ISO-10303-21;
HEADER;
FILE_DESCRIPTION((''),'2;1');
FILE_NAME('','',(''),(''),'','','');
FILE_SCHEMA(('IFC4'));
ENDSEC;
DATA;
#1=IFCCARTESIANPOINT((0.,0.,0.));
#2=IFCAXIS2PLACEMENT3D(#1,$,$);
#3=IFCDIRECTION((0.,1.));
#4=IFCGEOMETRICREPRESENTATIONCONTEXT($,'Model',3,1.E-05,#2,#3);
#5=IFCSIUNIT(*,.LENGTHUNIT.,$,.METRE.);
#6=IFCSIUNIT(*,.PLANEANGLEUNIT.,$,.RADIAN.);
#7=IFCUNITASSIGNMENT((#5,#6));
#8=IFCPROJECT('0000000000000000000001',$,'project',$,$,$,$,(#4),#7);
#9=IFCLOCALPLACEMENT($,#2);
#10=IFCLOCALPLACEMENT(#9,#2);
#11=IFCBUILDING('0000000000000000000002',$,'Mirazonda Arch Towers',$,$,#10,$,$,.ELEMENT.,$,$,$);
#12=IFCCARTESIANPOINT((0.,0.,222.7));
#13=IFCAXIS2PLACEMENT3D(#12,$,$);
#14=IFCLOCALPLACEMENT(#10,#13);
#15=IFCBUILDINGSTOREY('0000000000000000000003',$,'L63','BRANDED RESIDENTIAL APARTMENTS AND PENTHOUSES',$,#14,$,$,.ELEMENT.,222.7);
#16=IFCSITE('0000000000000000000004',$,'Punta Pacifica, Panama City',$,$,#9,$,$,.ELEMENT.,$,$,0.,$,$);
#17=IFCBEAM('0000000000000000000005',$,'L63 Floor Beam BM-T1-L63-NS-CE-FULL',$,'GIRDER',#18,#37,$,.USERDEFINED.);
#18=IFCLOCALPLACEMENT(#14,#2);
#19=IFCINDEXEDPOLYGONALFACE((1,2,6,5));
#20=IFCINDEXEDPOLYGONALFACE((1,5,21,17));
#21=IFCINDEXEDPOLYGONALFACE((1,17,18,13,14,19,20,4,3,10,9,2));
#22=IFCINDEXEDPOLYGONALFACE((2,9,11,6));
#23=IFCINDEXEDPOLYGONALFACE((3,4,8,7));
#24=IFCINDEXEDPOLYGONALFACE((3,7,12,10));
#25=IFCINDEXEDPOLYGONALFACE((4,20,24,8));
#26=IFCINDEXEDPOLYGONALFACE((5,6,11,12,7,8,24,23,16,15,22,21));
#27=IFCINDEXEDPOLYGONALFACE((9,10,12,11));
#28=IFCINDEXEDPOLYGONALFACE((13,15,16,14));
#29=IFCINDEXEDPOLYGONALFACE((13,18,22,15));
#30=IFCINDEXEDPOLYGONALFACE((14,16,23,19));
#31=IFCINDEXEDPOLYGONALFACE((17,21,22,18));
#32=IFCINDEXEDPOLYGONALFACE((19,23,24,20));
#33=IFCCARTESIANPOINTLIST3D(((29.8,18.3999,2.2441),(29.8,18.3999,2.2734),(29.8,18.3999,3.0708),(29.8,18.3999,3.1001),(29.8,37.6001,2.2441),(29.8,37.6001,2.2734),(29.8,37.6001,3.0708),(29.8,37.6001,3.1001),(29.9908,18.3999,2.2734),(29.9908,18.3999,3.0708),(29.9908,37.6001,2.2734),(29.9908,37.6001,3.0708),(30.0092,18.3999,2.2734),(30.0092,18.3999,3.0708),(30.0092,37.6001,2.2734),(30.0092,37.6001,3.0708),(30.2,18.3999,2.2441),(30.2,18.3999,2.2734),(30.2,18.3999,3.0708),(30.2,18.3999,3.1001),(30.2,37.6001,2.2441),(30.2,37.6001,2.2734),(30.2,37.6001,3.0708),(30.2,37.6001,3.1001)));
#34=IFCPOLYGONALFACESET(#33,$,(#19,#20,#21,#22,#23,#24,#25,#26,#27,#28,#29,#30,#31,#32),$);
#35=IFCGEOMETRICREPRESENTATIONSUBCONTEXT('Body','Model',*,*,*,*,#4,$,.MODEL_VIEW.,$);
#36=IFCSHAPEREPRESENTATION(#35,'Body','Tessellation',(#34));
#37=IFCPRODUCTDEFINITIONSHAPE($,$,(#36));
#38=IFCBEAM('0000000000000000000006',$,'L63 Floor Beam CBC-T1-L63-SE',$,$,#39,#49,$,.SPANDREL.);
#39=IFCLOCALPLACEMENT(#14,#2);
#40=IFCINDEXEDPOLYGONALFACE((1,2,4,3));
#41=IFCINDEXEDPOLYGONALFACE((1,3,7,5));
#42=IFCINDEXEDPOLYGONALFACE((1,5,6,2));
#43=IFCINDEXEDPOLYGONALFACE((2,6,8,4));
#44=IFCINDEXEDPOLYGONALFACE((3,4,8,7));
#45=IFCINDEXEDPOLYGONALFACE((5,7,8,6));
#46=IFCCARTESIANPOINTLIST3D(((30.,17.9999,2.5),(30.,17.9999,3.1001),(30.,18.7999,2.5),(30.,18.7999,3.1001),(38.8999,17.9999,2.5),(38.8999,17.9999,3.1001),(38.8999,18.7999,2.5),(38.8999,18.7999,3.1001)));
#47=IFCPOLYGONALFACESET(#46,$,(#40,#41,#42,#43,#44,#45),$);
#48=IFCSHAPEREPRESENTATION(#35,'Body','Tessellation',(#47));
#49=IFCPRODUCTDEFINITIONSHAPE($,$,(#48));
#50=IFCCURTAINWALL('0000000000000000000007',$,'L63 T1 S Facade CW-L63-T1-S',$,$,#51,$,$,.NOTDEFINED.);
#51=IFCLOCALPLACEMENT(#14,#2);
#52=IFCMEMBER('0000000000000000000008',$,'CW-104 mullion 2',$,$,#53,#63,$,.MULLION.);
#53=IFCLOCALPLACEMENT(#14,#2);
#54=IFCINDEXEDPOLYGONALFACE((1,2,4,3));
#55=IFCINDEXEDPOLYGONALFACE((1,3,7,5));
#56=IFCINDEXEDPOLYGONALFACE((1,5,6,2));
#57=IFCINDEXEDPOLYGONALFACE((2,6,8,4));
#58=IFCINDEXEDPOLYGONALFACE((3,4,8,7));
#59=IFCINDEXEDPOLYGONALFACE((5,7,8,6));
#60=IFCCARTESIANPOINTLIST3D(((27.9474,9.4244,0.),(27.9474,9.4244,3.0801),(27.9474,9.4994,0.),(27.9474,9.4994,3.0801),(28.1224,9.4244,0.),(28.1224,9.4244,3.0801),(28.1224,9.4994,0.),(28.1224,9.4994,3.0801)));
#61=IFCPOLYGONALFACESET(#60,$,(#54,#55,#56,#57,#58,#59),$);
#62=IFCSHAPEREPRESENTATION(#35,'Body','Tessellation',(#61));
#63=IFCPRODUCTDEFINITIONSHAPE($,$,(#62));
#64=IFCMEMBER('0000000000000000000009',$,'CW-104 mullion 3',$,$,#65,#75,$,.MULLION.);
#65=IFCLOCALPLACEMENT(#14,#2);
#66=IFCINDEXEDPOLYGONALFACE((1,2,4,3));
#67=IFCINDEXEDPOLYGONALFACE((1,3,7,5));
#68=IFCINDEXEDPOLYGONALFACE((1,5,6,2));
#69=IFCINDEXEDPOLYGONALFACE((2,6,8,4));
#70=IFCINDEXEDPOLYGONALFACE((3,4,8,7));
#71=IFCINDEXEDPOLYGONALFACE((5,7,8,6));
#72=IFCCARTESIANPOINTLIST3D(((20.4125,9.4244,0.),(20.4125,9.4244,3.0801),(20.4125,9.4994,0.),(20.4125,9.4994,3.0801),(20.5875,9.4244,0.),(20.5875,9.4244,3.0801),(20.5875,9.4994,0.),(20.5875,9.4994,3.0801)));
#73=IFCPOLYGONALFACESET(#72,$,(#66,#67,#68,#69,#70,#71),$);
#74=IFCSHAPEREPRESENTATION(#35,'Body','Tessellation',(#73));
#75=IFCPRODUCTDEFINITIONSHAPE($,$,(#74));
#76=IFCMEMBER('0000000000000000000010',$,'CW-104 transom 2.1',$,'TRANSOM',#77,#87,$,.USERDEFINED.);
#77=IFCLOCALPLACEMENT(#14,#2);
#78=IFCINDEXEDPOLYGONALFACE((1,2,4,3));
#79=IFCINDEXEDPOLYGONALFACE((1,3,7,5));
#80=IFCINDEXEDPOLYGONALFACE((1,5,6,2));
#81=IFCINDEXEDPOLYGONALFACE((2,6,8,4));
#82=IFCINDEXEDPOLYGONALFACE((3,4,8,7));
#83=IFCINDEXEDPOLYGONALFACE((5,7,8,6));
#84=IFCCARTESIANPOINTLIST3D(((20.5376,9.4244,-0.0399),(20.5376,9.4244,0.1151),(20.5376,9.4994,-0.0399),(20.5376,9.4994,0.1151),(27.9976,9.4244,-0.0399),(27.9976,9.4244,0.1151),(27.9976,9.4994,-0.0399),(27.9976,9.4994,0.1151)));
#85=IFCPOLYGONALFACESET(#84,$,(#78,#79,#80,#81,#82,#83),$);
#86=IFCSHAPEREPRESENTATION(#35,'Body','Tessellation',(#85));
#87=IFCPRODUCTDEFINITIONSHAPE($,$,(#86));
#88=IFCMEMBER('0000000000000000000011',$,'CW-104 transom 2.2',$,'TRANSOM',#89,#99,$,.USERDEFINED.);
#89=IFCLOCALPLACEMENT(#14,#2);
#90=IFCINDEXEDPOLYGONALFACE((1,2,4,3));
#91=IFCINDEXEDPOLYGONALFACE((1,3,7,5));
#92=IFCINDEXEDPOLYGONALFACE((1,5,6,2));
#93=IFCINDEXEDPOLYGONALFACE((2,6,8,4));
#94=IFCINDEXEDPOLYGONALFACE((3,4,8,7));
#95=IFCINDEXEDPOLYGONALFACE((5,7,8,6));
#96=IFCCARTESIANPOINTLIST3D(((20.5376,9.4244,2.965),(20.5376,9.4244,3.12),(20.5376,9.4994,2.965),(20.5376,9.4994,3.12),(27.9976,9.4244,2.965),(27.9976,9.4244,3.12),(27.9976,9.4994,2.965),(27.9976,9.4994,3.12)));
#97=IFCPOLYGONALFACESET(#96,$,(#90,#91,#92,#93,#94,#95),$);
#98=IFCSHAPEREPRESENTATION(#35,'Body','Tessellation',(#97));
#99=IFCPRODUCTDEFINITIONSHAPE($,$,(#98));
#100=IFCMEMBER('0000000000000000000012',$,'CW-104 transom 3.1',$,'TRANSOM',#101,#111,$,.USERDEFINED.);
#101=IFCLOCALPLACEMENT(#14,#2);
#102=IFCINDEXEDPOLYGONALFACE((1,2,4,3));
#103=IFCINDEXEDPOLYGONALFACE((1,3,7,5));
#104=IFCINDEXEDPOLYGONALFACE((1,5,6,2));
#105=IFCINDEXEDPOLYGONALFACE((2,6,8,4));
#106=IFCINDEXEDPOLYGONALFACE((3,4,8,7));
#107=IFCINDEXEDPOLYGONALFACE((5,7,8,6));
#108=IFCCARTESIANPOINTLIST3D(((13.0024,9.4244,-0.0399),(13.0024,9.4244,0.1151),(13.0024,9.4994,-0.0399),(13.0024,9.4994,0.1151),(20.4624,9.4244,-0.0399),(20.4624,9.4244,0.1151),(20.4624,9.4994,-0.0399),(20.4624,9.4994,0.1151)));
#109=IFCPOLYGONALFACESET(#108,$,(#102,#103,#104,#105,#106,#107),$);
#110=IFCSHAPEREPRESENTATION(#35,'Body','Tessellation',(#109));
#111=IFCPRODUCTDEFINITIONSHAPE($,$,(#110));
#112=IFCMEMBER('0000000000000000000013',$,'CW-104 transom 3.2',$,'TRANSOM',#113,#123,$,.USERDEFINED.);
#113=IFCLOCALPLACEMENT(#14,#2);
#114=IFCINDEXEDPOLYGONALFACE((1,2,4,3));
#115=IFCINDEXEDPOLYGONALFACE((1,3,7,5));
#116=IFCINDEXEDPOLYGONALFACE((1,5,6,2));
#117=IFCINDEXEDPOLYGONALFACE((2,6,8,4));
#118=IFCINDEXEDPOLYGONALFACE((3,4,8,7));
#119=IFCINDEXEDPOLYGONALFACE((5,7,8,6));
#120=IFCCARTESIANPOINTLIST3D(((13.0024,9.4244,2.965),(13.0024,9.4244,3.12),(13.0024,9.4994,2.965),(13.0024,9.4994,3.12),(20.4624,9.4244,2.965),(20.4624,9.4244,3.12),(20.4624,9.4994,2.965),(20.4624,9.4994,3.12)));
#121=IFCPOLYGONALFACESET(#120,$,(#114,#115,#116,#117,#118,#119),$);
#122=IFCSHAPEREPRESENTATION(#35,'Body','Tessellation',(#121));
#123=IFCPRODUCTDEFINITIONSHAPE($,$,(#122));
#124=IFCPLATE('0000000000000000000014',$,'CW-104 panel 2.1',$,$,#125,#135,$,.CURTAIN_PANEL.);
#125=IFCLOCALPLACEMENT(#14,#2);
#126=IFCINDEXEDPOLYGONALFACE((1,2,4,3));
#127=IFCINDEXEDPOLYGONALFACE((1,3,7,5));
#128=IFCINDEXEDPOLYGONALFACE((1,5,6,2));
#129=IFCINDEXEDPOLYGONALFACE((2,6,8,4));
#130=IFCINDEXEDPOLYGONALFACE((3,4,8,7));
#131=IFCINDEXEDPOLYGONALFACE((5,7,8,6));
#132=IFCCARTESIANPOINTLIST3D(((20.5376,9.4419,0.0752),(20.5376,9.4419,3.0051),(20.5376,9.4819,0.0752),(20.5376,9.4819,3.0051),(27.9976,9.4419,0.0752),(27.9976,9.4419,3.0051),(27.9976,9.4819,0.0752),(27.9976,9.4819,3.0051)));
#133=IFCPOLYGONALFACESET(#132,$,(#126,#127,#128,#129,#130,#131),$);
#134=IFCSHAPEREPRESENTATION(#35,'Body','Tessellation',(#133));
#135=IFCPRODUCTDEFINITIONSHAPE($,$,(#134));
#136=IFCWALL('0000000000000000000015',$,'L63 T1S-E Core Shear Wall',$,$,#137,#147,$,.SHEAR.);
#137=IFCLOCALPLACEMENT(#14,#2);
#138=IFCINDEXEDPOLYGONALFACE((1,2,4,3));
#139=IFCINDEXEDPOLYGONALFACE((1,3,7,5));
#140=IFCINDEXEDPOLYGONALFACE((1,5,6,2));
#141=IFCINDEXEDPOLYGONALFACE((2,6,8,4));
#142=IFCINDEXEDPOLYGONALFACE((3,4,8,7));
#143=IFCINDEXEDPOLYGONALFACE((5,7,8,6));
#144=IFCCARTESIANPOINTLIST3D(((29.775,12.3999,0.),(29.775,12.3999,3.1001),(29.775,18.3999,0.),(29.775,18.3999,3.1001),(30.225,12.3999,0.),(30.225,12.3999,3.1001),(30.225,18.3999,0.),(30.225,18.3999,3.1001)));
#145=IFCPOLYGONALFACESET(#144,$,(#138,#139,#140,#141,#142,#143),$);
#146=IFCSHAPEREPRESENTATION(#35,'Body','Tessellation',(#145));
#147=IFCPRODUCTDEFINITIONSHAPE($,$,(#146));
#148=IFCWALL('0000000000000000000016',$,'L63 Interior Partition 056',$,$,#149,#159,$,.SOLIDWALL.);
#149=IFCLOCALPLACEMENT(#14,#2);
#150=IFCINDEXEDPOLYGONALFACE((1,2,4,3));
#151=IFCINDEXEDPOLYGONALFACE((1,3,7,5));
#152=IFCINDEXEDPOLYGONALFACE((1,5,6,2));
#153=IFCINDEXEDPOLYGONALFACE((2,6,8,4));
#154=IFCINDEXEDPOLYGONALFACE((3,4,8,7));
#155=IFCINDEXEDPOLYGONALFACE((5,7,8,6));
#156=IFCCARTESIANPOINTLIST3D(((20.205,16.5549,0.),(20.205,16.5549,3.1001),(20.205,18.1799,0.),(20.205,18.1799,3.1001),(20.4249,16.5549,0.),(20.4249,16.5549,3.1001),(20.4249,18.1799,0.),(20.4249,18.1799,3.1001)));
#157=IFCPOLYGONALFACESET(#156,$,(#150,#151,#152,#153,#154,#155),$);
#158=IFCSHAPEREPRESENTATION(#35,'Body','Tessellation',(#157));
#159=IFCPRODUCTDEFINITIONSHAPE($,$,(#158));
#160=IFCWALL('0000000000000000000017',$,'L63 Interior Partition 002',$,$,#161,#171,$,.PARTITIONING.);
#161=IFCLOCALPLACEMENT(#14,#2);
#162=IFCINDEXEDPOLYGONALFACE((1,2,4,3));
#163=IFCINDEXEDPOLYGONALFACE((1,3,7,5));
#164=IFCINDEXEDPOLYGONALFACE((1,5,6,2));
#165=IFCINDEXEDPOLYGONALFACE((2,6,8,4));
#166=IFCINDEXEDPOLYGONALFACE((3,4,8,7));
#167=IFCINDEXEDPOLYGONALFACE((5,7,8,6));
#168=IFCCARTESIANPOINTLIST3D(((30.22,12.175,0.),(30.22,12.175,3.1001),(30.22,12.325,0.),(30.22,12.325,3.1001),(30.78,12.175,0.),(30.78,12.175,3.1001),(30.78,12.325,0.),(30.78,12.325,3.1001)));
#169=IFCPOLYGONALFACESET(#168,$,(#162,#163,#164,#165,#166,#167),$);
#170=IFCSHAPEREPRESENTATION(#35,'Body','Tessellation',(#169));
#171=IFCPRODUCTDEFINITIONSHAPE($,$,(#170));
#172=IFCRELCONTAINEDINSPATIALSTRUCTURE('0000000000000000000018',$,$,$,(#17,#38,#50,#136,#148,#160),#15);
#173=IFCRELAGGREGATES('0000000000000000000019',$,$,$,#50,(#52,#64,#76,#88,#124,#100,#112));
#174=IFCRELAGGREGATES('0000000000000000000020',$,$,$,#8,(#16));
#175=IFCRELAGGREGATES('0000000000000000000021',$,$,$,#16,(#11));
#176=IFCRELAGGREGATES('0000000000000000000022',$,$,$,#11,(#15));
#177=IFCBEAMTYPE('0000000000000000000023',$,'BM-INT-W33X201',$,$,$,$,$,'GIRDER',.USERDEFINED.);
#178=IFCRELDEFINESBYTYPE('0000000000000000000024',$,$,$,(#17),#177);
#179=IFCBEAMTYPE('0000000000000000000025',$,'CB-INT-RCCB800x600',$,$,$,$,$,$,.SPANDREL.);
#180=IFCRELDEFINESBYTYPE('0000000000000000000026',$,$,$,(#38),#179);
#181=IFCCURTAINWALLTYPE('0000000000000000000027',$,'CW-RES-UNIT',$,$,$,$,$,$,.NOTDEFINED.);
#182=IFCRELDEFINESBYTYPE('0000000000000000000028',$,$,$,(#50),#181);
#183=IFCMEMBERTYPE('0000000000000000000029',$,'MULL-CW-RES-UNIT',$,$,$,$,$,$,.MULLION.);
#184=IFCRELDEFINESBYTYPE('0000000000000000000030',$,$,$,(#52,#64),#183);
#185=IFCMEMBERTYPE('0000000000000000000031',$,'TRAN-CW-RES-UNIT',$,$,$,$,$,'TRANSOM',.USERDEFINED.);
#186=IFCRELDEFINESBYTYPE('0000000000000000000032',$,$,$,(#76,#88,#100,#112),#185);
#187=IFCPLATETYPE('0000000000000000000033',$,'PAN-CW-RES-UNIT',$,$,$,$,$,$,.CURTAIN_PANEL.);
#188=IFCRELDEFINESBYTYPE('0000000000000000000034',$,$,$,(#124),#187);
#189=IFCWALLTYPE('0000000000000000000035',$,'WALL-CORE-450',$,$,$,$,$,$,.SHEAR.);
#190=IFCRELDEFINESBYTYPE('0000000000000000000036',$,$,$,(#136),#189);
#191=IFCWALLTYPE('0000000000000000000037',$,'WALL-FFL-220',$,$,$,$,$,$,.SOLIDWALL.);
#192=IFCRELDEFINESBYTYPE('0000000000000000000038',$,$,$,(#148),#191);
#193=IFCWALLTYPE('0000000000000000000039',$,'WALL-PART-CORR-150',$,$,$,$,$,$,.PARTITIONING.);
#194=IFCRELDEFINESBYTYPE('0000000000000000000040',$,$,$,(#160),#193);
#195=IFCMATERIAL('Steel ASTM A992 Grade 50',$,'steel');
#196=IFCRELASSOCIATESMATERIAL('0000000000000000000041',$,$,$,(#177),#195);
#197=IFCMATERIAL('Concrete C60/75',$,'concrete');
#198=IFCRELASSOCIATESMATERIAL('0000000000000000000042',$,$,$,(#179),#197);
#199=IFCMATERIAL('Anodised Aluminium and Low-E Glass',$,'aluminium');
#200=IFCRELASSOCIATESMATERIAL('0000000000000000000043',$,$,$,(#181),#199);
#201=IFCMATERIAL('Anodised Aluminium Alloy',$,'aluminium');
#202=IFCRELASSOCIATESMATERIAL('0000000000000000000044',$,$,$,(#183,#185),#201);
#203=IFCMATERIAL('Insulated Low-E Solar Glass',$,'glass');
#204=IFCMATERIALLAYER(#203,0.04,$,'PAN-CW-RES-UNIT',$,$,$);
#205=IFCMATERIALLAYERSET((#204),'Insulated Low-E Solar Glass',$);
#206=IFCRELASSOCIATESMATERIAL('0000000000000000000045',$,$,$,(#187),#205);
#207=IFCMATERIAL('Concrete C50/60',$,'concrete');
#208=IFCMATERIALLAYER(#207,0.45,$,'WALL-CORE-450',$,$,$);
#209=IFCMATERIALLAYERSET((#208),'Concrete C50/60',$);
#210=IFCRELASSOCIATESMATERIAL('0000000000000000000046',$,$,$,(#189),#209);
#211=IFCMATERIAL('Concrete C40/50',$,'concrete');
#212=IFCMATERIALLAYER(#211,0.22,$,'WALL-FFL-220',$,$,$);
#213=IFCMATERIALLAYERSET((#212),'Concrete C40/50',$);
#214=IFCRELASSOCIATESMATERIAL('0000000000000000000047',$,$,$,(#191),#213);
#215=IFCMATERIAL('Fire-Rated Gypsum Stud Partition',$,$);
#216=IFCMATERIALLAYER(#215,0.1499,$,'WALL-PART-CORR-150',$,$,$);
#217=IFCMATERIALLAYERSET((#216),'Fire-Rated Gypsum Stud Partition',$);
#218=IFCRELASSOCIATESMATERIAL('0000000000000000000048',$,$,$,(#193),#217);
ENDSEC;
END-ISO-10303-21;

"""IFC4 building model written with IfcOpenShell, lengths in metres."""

from ifc_helpers import new_model, si_unit, direction, frame, frame_2d, origin, origin_2d, place, context, subcontext, project, spatial, rectangle, i_section, extrude, material, layer, layer_set, material_profile, profile_set, type_object, element, aggregate, save


model = new_model("IFC4")

# Units and contexts
model_context = context("Model", 3, precision=1e-05, world=origin(), true_north=direction((0.0, 1.0)))
body_context = subcontext(model_context, "Body", "Model", "MODEL_VIEW")
ifc_project = project(units=[si_unit("LENGTHUNIT", "METRE"), si_unit("PLANEANGLEUNIT", "RADIAN")], contexts=[model_context])

# Site, building, storey
site_placement = place(None, origin())
site = spatial("IfcSite", under=ifc_project, at=site_placement, Name="Punta Pacifica, Panama City", CompositionType="ELEMENT", RefElevation=0.0)
building_placement = place(site_placement, origin())
building = spatial("IfcBuilding", under=site, at=building_placement, Name="Mirazonda Arch Towers", CompositionType="ELEMENT")
storey_placement = place(building_placement, frame((0.0, 0.0, 222.7)))
storey = spatial("IfcBuildingStorey", under=building, at=storey_placement, Name="L63", Description="BRANDED RESIDENTIAL APARTMENTS AND PENTHOUSES", CompositionType="ELEMENT", Elevation=222.7)

# Shared definitions
ifc_material_1 = material(Name="Concrete C50/60", Category="concrete")

# Beams
ifc_material_2 = material(Name="Steel ASTM A992 Grade 50", Category="steel")
ifc_material_profile_1 = material_profile(ifc_material_2, i_section(OverallWidth=0.3999, OverallDepth=0.856, WebThickness=0.0183, FlangeThickness=0.0293, at=origin_2d()), Name="W33X201")
ifc_profile_set_1 = profile_set([ifc_material_profile_1], Name="Steel ASTM A992 Grade 50")
beam_type_1 = type_object("IfcBeamType", Name="BM-INT-W33X201", ElementType="GIRDER", PredefinedType="USERDEFINED", material=ifc_profile_set_1)
beam_1_placement = place(storey_placement, frame((30.0, 18.3999, 2.6721), z_axis=(0.0, 1.0, 0.0), x_axis=(-1.0, 0.0, 0.0)))
element("IfcBeam", 1, at=beam_1_placement, inside=storey, type_object=beam_type_1, Name="L63 Floor Beam BM-T1-L63-NS-CE-FULL", ObjectType="GIRDER", PredefinedType="USERDEFINED", context=body_context, shape_type="SweptSolid", body=[
    extrude(i_section(OverallWidth=0.3999, OverallDepth=0.856, WebThickness=0.0183, FlangeThickness=0.0293, at=origin_2d()), origin(), (0.0, 0.0, 1.0), 19.2002),
])
ifc_material_3 = material(Name="Concrete C60/75", Category="concrete")
ifc_material_profile_2 = material_profile(ifc_material_3, rectangle(XDim=0.8, YDim=0.6001, at=origin_2d()), Name="RCCB800x600")
ifc_profile_set_2 = profile_set([ifc_material_profile_2], Name="Concrete C60/75")
beam_type_2 = type_object("IfcBeamType", Name="CB-INT-RCCB800x600", PredefinedType="SPANDREL", material=ifc_profile_set_2)
beam_2_placement = place(storey_placement, frame((30.0, 18.3999, 2.8), z_axis=(1.0, 0.0, 0.0), x_axis=(0.0, 1.0, 0.0)))
element("IfcBeam", 2, at=beam_2_placement, inside=storey, type_object=beam_type_2, Name="L63 Floor Beam CBC-T1-L63-SE", PredefinedType="SPANDREL", context=body_context, shape_type="SweptSolid", body=[
    extrude(rectangle(XDim=0.8, YDim=0.6001, at=origin_2d()), origin(), (0.0, 0.0, 1.0), 8.8999),
])

# Curtain wall, members, plate
ifc_material_4 = material(Name="Anodised Aluminium and Low-E Glass", Category="aluminium")
curtain_wall_type = type_object("IfcCurtainWallType", Name="CW-RES-UNIT", PredefinedType="NOTDEFINED", material=ifc_material_4)
curtain_wall_placement = place(storey_placement, origin())
curtain_wall = element("IfcCurtainWall", 3, at=curtain_wall_placement, inside=storey, type_object=curtain_wall_type, Name="L63 T1 S Facade CW-L63-T1-S", PredefinedType="NOTDEFINED")
ifc_material_5 = material(Name="Anodised Aluminium Alloy", Category="aluminium")
ifc_material_profile_3 = material_profile(ifc_material_5, rectangle(XDim=0.075, YDim=0.175, at=origin_2d()), Name="ALU-MULL-75x175")
ifc_profile_set_3 = profile_set([ifc_material_profile_3], Name="Anodised Aluminium Alloy")
member_type_1 = type_object("IfcMemberType", Name="MULL-CW-RES-UNIT", PredefinedType="MULLION", material=ifc_profile_set_3)
member_1_placement = place(storey_placement, frame((28.0349, 9.4619, 0.0), z_axis=(0.0, 0.0, 1.0), x_axis=(0.0, -1.0, 0.0)))
member_1 = element("IfcMember", 4, at=member_1_placement, type_object=member_type_1, Name="CW-104 mullion 2", PredefinedType="MULLION", context=body_context, shape_type="SweptSolid", body=[
    extrude(rectangle(XDim=0.075, YDim=0.175, at=origin_2d()), origin(), (0.0, 0.0, 1.0), 3.0801),
])
member_2_placement = place(storey_placement, frame((20.5, 9.4619, 0.0), z_axis=(0.0, 0.0, 1.0), x_axis=(0.0, -1.0, 0.0)))
member_2 = element("IfcMember", 5, at=member_2_placement, type_object=member_type_1, Name="CW-104 mullion 3", PredefinedType="MULLION", context=body_context, shape_type="SweptSolid", body=[
    extrude(rectangle(XDim=0.075, YDim=0.175, at=origin_2d()), origin(), (0.0, 0.0, 1.0), 3.0801),
])
ifc_material_profile_4 = material_profile(ifc_material_5, rectangle(XDim=0.075, YDim=0.155, at=origin_2d()), Name="ALU-TRAN-75x155")
ifc_profile_set_4 = profile_set([ifc_material_profile_4], Name="Anodised Aluminium Alloy")
member_type_2 = type_object("IfcMemberType", Name="TRAN-CW-RES-UNIT", ElementType="TRANSOM", PredefinedType="USERDEFINED", material=ifc_profile_set_4)
member_3_placement = place(storey_placement, frame((27.9976, 9.4619, 0.0376), z_axis=(-1.0, 0.0, 0.0), x_axis=(0.0, -1.0, 0.0)))
member_3 = element("IfcMember", 6, at=member_3_placement, type_object=member_type_2, Name="CW-104 transom 2.1", ObjectType="TRANSOM", PredefinedType="USERDEFINED", context=body_context, shape_type="SweptSolid", body=[
    extrude(rectangle(XDim=0.075, YDim=0.155, at=origin_2d()), origin(), (0.0, 0.0, 1.0), 7.46),
])
member_4_placement = place(storey_placement, frame((27.9976, 9.4619, 3.0425), z_axis=(-1.0, 0.0, 0.0), x_axis=(0.0, -1.0, 0.0)))
member_4 = element("IfcMember", 7, at=member_4_placement, type_object=member_type_2, Name="CW-104 transom 2.2", ObjectType="TRANSOM", PredefinedType="USERDEFINED", context=body_context, shape_type="SweptSolid", body=[
    extrude(rectangle(XDim=0.075, YDim=0.155, at=origin_2d()), origin(), (0.0, 0.0, 1.0), 7.46),
])
member_5_placement = place(storey_placement, frame((20.4624, 9.4619, 0.0376), z_axis=(-1.0, 0.0, 0.0), x_axis=(0.0, -1.0, 0.0)))
member_5 = element("IfcMember", 8, at=member_5_placement, type_object=member_type_2, Name="CW-104 transom 3.1", ObjectType="TRANSOM", PredefinedType="USERDEFINED", context=body_context, shape_type="SweptSolid", body=[
    extrude(rectangle(XDim=0.075, YDim=0.155, at=origin_2d()), origin(), (0.0, 0.0, 1.0), 7.46),
])
member_6_placement = place(storey_placement, frame((20.4624, 9.4619, 3.0425), z_axis=(-1.0, 0.0, 0.0), x_axis=(0.0, -1.0, 0.0)))
member_6 = element("IfcMember", 9, at=member_6_placement, type_object=member_type_2, Name="CW-104 transom 3.2", ObjectType="TRANSOM", PredefinedType="USERDEFINED", context=body_context, shape_type="SweptSolid", body=[
    extrude(rectangle(XDim=0.075, YDim=0.155, at=origin_2d()), origin(), (0.0, 0.0, 1.0), 7.46),
])
ifc_material_6 = material(Name="Insulated Low-E Solar Glass", Category="glass")
ifc_layer_1 = layer(ifc_material_6, 0.04, Name="PAN-CW-RES-UNIT")
ifc_layer_set_1 = layer_set([ifc_layer_1], Name="Insulated Low-E Solar Glass")
plate_type = type_object("IfcPlateType", Name="PAN-CW-RES-UNIT", PredefinedType="CURTAIN_PANEL", material=ifc_layer_set_1)
plate_placement = place(storey_placement, frame((24.2676, 9.4619, 0.0752), z_axis=(0.0, 0.0, 1.0), x_axis=(-1.0, 0.0, 0.0)))
plate = element("IfcPlate", 10, at=plate_placement, type_object=plate_type, Name="CW-104 panel 2.1", PredefinedType="CURTAIN_PANEL", context=body_context, shape_type="SweptSolid", body=[
    extrude(rectangle(XDim=7.46, YDim=0.04, at=origin_2d()), origin(), (0.0, 0.0, 1.0), 2.9299),
])
aggregate(curtain_wall, [member_1, member_2, member_3, member_4, plate, member_5, member_6])

# Walls
ifc_layer_2 = layer(ifc_material_1, 0.45, Name="WALL-CORE-450")
ifc_layer_set_2 = layer_set([ifc_layer_2], Name="Concrete C50/60")
wall_type_1 = type_object("IfcWallType", Name="WALL-CORE-450", PredefinedType="SHEAR", material=ifc_layer_set_2)
wall_1_placement = place(storey_placement, frame((30.0, 12.3999, 0.0), z_axis=(0.0, 0.0, 1.0), x_axis=(0.0, 1.0, 0.0)))
element("IfcWall", 11, at=wall_1_placement, inside=storey, type_object=wall_type_1, Name="L63 T1S-E Core Shear Wall", PredefinedType="SHEAR", context=body_context, shape_type="SweptSolid", body=[
    extrude(rectangle(XDim=6.0, YDim=0.45, at=frame_2d((3.0, 0.0))), origin(), (0.0, 0.0, 1.0), 3.1001),
])
ifc_material_7 = material(Name="Concrete C40/50", Category="concrete")
ifc_layer_3 = layer(ifc_material_7, 0.22, Name="WALL-FFL-220")
ifc_layer_set_3 = layer_set([ifc_layer_3], Name="Concrete C40/50")
wall_type_2 = type_object("IfcWallType", Name="WALL-FFL-220", PredefinedType="SOLIDWALL", material=ifc_layer_set_3)
wall_2_placement = place(storey_placement, frame((20.3149, 16.5549, 0.0), z_axis=(0.0, 0.0, 1.0), x_axis=(0.0, 1.0, 0.0)))
element("IfcWall", 12, at=wall_2_placement, inside=storey, type_object=wall_type_2, Name="L63 Interior Partition 056", PredefinedType="SOLIDWALL", context=body_context, shape_type="SweptSolid", body=[
    extrude(rectangle(XDim=1.625, YDim=0.22, at=frame_2d((0.8125, 0.0))), origin(), (0.0, 0.0, 1.0), 3.1001),
])
ifc_material_8 = material(Name="Fire-Rated Gypsum Stud Partition")
ifc_layer_4 = layer(ifc_material_8, 0.1499, Name="WALL-PART-CORR-150")
ifc_layer_set_4 = layer_set([ifc_layer_4], Name="Fire-Rated Gypsum Stud Partition")
wall_type_3 = type_object("IfcWallType", Name="WALL-PART-CORR-150", PredefinedType="PARTITIONING", material=ifc_layer_set_4)
wall_3_placement = place(storey_placement, frame((30.22, 12.25, 0.0), z_axis=(0.0, 0.0, 1.0), x_axis=(1.0, 0.0, 0.0)))
element("IfcWall", 13, at=wall_3_placement, inside=storey, type_object=wall_type_3, Name="L63 Interior Partition 002", PredefinedType="PARTITIONING", context=body_context, shape_type="SweptSolid", body=[
    extrude(rectangle(XDim=0.5601, YDim=0.1499, at=frame_2d((0.28, 0.0))), origin(), (0.0, 0.0, 1.0), 3.1001),
])

save(model, "model.ifc")
